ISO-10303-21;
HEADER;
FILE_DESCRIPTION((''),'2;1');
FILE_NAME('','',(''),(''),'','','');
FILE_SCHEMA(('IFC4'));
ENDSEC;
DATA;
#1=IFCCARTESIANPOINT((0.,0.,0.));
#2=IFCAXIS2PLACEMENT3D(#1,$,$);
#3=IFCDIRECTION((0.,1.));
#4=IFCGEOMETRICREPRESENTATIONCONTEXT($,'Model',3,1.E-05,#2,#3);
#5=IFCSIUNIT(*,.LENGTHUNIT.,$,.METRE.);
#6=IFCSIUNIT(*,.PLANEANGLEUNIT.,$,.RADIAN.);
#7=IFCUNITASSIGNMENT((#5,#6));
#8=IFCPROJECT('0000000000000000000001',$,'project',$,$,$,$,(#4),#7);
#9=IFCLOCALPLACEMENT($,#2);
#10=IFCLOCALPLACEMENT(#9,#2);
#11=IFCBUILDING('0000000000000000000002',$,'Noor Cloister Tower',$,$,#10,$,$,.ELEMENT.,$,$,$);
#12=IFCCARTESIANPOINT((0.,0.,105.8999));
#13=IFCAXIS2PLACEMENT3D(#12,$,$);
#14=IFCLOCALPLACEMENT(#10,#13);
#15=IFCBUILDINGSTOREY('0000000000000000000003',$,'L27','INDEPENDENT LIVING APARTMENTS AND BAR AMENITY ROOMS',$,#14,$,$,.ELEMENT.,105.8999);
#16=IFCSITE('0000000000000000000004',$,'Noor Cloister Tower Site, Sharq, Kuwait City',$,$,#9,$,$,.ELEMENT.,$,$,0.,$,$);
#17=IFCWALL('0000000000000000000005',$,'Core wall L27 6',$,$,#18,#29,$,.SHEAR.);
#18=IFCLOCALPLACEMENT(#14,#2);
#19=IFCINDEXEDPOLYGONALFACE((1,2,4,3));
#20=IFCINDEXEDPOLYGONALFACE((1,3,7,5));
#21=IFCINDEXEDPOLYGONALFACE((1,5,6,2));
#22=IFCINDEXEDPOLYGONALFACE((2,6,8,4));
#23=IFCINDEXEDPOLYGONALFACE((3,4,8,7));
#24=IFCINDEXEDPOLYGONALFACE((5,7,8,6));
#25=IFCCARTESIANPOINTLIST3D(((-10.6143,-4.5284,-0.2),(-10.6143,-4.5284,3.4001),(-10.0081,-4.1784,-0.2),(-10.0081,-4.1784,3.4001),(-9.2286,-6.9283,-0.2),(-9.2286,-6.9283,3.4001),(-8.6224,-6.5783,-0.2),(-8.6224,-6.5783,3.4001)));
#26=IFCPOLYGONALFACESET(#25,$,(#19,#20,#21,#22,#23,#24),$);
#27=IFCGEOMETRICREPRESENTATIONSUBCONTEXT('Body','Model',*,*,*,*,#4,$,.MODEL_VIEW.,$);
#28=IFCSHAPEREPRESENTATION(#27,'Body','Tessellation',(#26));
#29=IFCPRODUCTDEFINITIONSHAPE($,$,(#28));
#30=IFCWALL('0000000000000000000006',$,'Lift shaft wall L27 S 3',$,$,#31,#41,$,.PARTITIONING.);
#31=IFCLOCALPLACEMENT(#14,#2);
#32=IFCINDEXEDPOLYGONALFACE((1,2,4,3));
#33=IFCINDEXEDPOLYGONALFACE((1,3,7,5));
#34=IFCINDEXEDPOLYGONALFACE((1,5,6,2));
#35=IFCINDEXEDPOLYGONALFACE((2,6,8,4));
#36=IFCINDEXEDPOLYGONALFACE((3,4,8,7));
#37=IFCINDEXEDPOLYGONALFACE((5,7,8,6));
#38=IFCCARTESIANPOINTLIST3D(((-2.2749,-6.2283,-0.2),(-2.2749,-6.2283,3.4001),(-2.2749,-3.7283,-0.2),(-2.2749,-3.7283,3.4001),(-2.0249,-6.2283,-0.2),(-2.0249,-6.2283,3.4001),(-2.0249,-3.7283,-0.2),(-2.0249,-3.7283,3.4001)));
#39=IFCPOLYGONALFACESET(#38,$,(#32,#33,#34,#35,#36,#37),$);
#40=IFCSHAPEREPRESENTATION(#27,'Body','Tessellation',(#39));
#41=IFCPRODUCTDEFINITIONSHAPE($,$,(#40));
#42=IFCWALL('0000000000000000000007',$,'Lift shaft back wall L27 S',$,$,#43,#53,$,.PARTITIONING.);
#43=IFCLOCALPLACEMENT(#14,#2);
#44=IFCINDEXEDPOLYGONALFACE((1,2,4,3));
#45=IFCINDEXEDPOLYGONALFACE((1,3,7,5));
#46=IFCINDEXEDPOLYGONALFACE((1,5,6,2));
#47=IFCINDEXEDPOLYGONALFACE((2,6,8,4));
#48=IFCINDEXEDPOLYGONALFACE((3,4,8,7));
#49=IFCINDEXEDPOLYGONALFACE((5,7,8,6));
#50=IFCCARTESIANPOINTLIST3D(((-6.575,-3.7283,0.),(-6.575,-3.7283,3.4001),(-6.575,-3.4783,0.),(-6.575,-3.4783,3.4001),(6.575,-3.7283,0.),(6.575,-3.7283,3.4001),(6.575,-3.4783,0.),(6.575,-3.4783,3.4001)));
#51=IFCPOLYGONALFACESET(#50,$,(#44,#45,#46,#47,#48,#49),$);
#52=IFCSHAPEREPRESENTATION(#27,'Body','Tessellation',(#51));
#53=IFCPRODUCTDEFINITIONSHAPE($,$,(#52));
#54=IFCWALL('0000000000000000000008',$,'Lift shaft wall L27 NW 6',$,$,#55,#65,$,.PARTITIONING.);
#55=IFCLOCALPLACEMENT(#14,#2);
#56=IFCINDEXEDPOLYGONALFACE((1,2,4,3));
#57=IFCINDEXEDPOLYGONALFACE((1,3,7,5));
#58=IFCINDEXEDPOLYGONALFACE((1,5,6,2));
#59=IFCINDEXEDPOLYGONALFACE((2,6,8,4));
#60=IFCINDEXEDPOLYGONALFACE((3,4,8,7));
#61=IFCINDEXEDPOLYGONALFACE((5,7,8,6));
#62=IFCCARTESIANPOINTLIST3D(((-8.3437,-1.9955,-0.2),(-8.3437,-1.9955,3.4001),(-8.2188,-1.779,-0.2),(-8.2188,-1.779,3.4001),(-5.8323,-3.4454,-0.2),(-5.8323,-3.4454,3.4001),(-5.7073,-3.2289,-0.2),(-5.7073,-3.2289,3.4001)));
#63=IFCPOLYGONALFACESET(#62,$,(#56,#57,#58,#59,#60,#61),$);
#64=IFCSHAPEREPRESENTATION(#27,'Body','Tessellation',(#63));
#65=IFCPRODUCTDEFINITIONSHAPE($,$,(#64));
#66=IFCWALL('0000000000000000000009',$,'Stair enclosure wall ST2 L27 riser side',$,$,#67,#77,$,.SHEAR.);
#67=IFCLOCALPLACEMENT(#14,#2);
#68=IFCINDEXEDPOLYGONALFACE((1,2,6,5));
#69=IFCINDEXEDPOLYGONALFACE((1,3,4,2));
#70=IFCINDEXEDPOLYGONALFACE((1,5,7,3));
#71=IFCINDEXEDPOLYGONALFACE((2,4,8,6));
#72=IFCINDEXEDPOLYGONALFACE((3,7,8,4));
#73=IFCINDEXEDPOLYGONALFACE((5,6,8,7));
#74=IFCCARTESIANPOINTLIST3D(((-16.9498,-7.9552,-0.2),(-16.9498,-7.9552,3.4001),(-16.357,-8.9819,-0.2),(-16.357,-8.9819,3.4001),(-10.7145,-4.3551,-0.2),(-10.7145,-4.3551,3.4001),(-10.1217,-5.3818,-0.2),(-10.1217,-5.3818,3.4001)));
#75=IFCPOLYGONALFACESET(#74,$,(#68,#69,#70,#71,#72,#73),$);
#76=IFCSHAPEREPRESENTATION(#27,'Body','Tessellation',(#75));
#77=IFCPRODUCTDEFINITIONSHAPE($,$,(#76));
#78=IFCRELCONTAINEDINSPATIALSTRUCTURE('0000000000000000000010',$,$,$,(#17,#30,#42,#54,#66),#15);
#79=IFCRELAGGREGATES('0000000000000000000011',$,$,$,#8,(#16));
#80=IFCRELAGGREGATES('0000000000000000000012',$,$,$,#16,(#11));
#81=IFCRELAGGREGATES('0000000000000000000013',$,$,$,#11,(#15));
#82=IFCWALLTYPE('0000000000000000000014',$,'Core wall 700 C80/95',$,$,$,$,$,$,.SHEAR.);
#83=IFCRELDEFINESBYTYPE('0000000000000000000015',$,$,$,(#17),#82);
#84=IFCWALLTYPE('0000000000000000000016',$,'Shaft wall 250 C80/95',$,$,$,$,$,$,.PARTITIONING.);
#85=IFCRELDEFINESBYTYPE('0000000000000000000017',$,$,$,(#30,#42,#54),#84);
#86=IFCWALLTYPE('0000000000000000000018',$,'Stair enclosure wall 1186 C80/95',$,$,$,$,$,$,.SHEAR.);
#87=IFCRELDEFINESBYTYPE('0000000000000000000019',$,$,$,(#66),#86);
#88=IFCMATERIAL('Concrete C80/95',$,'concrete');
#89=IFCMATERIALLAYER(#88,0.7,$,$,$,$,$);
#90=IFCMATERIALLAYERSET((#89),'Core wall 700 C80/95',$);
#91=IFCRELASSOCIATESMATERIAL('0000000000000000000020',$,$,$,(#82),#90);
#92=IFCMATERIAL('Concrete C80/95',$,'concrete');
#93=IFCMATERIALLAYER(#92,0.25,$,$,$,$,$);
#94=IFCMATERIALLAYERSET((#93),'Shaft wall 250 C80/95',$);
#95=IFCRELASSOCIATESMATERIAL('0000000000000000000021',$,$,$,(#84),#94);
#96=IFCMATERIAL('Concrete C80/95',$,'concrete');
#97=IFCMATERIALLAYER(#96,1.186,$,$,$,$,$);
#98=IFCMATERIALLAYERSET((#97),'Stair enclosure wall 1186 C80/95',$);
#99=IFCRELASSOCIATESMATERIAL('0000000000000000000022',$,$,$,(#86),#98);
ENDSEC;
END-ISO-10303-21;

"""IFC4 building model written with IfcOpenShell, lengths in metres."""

from ifc_helpers import new_model, si_unit, direction, frame, frame_2d, origin, place, context, subcontext, project, spatial, rectangle, extrude, material, layer, layer_set, type_object, element, save


model = new_model("IFC4")

# Units and contexts
model_context = context("Model", 3, precision=1e-05, world=origin(), true_north=direction((0.0, 1.0)))
body_context = subcontext(model_context, "Body", "Model", "MODEL_VIEW")
ifc_project = project(units=[si_unit("LENGTHUNIT", "METRE"), si_unit("PLANEANGLEUNIT", "RADIAN")], contexts=[model_context])

# Site, building, storey
site_placement = place(None, origin())
site = spatial("IfcSite", under=ifc_project, at=site_placement, Name="Noor Cloister Tower Site, Sharq, Kuwait City", CompositionType="ELEMENT", RefElevation=0.0)
building_placement = place(site_placement, origin())
building = spatial("IfcBuilding", under=site, at=building_placement, Name="Noor Cloister Tower", CompositionType="ELEMENT")
storey_placement = place(building_placement, frame((0.0, 0.0, 105.8999)))
storey = spatial("IfcBuildingStorey", under=building, at=storey_placement, Name="L27", Description="INDEPENDENT LIVING APARTMENTS AND BAR AMENITY ROOMS", CompositionType="ELEMENT", Elevation=105.8999)

# Walls
ifc_material_1 = material(Name="Concrete C80/95", Category="concrete")
ifc_layer_1 = layer(ifc_material_1, 0.7)
ifc_layer_set_1 = layer_set([ifc_layer_1], Name="Core wall 700 C80/95")
wall_type_1 = type_object("IfcWallType", Name="Core wall 700 C80/95", PredefinedType="SHEAR", material=ifc_layer_set_1)
wall_1_placement = place(storey_placement, frame((-10.3113, -4.3533, -0.2), z_axis=(0.0, 0.0, 1.0), x_axis=(0.500043, -0.866001, 0.0)))
element("IfcWall", 1, at=wall_1_placement, inside=storey, type_object=wall_type_1, Name="Core wall L27 6", PredefinedType="SHEAR", context=body_context, shape_type="SweptSolid", body=[
    extrude(rectangle(XDim=2.7712, YDim=0.7, at=frame_2d((1.3857, 0.0))), origin(), (0.0, 0.0, 1.0), 3.6001),
])
ifc_material_2 = material(Name="Concrete C80/95", Category="concrete")
ifc_layer_2 = layer(ifc_material_2, 0.25)
ifc_layer_set_2 = layer_set([ifc_layer_2], Name="Shaft wall 250 C80/95")
wall_type_2 = type_object("IfcWallType", Name="Shaft wall 250 C80/95", PredefinedType="PARTITIONING", material=ifc_layer_set_2)
wall_2_placement = place(storey_placement, frame((-2.1499, -6.2283, -0.2), z_axis=(0.0, 0.0, 1.0), x_axis=(0.0, 1.0, 0.0)))
element("IfcWall", 2, at=wall_2_placement, inside=storey, type_object=wall_type_2, Name="Lift shaft wall L27 S 3", PredefinedType="PARTITIONING", context=body_context, shape_type="SweptSolid", body=[
    extrude(rectangle(XDim=2.5, YDim=0.25, at=frame_2d((1.25, 0.0))), origin(), (0.0, 0.0, 1.0), 3.6001),
])
wall_3_placement = place(storey_placement, frame((-6.575, -3.6033, 0.0), z_axis=(0.0, 0.0, 1.0), x_axis=(1.0, 0.0, 0.0)))
element("IfcWall", 3, at=wall_3_placement, inside=storey, type_object=wall_type_2, Name="Lift shaft back wall L27 S", PredefinedType="PARTITIONING", context=body_context, shape_type="SweptSolid", body=[
    extrude(rectangle(XDim=13.1499, YDim=0.25, at=frame_2d((6.575, 0.0))), origin(), (0.0, 0.0, 1.0), 3.4001),
])
wall_4_placement = place(storey_placement, frame((-8.2812, -1.8872, -0.2), z_axis=(0.0, 0.0, 1.0), x_axis=(0.866033, -0.499987, 0.0)))
element("IfcWall", 4, at=wall_4_placement, inside=storey, type_object=wall_type_2, Name="Lift shaft wall L27 NW 6", PredefinedType="PARTITIONING", context=body_context, shape_type="SweptSolid", body=[
    extrude(rectangle(XDim=2.8999, YDim=0.25, at=frame_2d((1.45, 0.0))), origin(), (0.0, 0.0, 1.0), 3.6001),
])
ifc_material_3 = material(Name="Concrete C80/95", Category="concrete")
ifc_layer_3 = layer(ifc_material_3, 1.186)
ifc_layer_set_3 = layer_set([ifc_layer_3], Name="Stair enclosure wall 1186 C80/95")
wall_type_3 = type_object("IfcWallType", Name="Stair enclosure wall 1186 C80/95", PredefinedType="SHEAR", material=ifc_layer_set_3)
wall_5_placement = place(storey_placement, frame((-10.418, -4.8684, -0.2), z_axis=(0.0, 0.0, 1.0), x_axis=(-0.866018, -0.500012, 0.0)))
element("IfcWall", 5, at=wall_5_placement, inside=storey, type_object=wall_type_3, Name="Stair enclosure wall ST2 L27 riser side", PredefinedType="SHEAR", context=body_context, shape_type="SweptSolid", body=[
    extrude(rectangle(XDim=7.2, YDim=1.1855, at=frame_2d((3.6001, 0.0))), origin(), (0.0, 0.0, 1.0), 3.6001),
])

save(model, "model.ifc")
